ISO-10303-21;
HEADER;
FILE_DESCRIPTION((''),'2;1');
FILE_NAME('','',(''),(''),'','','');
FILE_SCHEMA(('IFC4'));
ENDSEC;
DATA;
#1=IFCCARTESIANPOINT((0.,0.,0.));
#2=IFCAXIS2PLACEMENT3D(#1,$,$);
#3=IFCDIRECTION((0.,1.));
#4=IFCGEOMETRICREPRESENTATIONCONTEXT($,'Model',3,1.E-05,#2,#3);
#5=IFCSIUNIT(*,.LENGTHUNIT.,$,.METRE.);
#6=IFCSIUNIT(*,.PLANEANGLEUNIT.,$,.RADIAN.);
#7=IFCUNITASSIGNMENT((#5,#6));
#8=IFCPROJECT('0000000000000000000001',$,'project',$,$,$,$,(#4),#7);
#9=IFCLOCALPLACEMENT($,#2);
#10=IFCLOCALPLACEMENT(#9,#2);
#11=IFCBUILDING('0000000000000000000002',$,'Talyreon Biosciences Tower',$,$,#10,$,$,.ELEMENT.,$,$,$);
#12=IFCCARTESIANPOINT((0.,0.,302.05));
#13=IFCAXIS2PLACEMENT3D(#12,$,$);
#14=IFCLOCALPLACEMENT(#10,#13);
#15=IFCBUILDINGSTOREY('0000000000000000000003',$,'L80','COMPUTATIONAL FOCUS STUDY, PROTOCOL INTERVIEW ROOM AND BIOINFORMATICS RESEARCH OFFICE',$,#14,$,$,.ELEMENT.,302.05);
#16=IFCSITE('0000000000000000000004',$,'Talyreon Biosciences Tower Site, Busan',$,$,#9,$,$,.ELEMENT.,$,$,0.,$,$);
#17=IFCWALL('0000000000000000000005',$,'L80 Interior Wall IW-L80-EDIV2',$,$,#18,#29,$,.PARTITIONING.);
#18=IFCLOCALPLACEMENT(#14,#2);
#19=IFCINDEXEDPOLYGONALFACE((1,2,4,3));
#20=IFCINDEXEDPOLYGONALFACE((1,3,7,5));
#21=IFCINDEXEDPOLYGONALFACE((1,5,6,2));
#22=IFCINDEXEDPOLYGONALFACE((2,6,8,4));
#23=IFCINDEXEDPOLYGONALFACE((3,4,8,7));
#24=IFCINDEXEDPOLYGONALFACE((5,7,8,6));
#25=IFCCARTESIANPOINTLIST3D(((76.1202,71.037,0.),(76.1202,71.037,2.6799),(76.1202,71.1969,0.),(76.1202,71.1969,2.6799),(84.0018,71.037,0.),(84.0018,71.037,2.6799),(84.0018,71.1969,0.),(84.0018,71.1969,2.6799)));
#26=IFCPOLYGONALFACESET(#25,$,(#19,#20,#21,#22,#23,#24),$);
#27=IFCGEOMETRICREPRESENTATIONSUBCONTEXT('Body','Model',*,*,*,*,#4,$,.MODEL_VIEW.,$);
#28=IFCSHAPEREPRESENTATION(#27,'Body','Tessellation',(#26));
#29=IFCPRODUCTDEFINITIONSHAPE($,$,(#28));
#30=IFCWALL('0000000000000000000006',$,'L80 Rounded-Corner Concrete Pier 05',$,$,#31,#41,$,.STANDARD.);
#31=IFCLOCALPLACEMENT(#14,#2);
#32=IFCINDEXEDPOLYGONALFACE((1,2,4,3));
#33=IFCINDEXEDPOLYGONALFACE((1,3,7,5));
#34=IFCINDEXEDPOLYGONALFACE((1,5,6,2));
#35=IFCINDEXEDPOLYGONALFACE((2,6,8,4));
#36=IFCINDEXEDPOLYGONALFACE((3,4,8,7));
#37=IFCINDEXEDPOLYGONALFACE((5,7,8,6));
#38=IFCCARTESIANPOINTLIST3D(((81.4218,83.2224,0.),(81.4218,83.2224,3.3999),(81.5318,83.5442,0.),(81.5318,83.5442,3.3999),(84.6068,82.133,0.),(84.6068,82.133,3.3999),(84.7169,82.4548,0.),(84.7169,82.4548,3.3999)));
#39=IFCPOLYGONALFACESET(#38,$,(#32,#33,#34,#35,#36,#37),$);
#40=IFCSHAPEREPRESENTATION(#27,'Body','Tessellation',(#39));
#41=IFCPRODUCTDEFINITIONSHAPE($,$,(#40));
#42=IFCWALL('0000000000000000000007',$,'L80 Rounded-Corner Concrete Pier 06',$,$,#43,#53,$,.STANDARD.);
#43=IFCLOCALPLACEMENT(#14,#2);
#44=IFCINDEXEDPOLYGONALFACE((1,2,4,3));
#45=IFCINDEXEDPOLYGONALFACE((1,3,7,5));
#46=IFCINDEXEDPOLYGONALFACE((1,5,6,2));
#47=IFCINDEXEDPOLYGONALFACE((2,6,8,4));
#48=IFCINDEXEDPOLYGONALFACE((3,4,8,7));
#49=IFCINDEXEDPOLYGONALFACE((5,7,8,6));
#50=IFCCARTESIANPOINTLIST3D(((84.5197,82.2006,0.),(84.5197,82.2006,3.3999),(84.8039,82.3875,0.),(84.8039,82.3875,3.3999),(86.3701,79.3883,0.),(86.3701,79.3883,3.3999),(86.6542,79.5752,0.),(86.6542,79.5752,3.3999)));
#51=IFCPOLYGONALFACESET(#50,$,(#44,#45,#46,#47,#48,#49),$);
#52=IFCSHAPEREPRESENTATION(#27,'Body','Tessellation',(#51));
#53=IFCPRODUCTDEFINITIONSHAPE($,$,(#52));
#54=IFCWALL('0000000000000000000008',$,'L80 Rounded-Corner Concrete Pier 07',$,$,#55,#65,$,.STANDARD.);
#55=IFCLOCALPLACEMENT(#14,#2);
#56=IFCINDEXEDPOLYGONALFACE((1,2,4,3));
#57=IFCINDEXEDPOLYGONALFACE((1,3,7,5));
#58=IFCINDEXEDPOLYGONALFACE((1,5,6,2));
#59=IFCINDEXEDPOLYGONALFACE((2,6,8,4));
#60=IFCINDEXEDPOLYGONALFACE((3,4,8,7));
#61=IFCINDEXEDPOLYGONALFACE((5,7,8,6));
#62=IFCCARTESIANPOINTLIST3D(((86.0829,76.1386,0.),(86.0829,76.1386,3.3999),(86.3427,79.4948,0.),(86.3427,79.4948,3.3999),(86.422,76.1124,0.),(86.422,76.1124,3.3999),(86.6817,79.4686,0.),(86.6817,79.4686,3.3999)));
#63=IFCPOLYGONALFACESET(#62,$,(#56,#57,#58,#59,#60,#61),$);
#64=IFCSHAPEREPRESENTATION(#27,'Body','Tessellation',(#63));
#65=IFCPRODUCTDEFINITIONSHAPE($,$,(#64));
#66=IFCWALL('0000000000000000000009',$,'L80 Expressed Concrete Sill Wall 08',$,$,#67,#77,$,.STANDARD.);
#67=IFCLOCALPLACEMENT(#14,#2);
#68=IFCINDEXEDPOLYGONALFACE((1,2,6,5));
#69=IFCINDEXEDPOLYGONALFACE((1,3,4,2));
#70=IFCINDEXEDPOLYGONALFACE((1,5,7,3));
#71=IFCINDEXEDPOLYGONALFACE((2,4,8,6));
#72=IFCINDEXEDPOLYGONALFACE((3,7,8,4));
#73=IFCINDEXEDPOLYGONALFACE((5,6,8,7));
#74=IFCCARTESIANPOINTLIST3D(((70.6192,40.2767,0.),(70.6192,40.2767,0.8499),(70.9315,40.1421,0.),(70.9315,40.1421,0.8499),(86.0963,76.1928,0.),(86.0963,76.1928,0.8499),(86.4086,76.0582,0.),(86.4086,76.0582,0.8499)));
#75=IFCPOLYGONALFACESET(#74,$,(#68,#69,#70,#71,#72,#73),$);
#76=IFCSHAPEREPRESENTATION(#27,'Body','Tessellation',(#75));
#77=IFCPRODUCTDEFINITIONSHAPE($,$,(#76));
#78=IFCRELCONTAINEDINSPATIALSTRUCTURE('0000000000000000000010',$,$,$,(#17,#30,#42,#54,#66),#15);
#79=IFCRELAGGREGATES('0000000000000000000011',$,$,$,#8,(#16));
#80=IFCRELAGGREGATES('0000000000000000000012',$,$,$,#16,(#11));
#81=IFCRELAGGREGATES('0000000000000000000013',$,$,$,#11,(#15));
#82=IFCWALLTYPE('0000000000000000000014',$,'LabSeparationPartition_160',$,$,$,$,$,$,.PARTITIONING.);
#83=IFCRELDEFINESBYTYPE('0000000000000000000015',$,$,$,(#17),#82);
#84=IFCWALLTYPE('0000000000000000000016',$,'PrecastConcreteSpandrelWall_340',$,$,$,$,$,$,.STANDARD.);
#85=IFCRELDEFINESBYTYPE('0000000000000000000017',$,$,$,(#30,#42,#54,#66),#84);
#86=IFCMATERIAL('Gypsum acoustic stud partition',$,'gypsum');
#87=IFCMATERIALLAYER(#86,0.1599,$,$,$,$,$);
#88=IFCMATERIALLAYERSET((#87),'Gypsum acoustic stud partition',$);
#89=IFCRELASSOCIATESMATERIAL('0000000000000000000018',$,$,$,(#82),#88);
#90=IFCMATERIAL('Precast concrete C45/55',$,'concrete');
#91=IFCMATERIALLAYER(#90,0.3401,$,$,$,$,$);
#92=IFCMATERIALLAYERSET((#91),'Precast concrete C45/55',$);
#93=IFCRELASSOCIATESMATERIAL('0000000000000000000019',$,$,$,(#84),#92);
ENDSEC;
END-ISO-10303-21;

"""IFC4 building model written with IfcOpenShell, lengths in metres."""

from ifc_helpers import new_model, si_unit, direction, frame, frame_2d, origin, place, context, subcontext, project, spatial, rectangle, extrude, material, layer, layer_set, type_object, element, save


model = new_model("IFC4")

# Units and contexts
model_context = context("Model", 3, precision=1e-05, world=origin(), true_north=direction((0.0, 1.0)))
body_context = subcontext(model_context, "Body", "Model", "MODEL_VIEW")
ifc_project = project(units=[si_unit("LENGTHUNIT", "METRE"), si_unit("PLANEANGLEUNIT", "RADIAN")], contexts=[model_context])

# Site, building, storey
site_placement = place(None, origin())
site = spatial("IfcSite", under=ifc_project, at=site_placement, Name="Talyreon Biosciences Tower Site, Busan", CompositionType="ELEMENT", RefElevation=0.0)
building_placement = place(site_placement, origin())
building = spatial("IfcBuilding", under=site, at=building_placement, Name="Talyreon Biosciences Tower", CompositionType="ELEMENT")
storey_placement = place(building_placement, frame((0.0, 0.0, 302.05)))
storey = spatial("IfcBuildingStorey", under=building, at=storey_placement, Name="L80", Description="COMPUTATIONAL FOCUS STUDY, PROTOCOL INTERVIEW ROOM AND BIOINFORMATICS RESEARCH OFFICE", CompositionType="ELEMENT", Elevation=302.05)

# Shared definitions
ifc_material_1 = material(Name="Precast concrete C45/55", Category="concrete")

# Walls
ifc_material_2 = material(Name="Gypsum acoustic stud partition", Category="gypsum")
ifc_layer_1 = layer(ifc_material_2, 0.1599)
ifc_layer_set_1 = layer_set([ifc_layer_1], Name="Gypsum acoustic stud partition")
wall_type_1 = type_object("IfcWallType", Name="LabSeparationPartition_160", PredefinedType="PARTITIONING", material=ifc_layer_set_1)
wall_1_placement = place(storey_placement, frame((76.1201, 71.1169, 0.0), z_axis=(0.0, 0.0, 1.0), x_axis=(1.0, 0.0, 0.0)))
element("IfcWall", 1, at=wall_1_placement, inside=storey, type_object=wall_type_1, Name="L80 Interior Wall IW-L80-EDIV2", PredefinedType="PARTITIONING", context=body_context, shape_type="SweptSolid", body=[
    extrude(rectangle(XDim=7.8816, YDim=0.1599, at=frame_2d((3.9409, 0.0))), origin(), (0.0, 0.0, 1.0), 2.6799),
])
ifc_layer_2 = layer(ifc_material_1, 0.3401)
ifc_layer_set_2 = layer_set([ifc_layer_2], Name="Precast concrete C45/55")
wall_type_2 = type_object("IfcWallType", Name="PrecastConcreteSpandrelWall_340", PredefinedType="STANDARD", material=ifc_layer_set_2)
wall_2_placement = place(storey_placement, frame((81.4768, 83.3833, 0.0), z_axis=(0.0, 0.0, 1.0), x_axis=(0.946189, -0.323616, 0.0)))
element("IfcWall", 2, at=wall_2_placement, inside=storey, type_object=wall_type_2, Name="L80 Rounded-Corner Concrete Pier 05", PredefinedType="STANDARD", context=body_context, shape_type="SweptSolid", body=[
    extrude(rectangle(XDim=3.3662, YDim=0.3401, at=frame_2d((1.6831, 0.0))), origin(), (0.0, 0.0, 1.0), 3.3999),
])
wall_3_placement = place(storey_placement, frame((84.6619, 82.2939, 0.0), z_axis=(0.0, 0.0, 1.0), x_axis=(0.549652, -0.835393, 0.0)))
element("IfcWall", 3, at=wall_3_placement, inside=storey, type_object=wall_type_2, Name="L80 Rounded-Corner Concrete Pier 06", PredefinedType="STANDARD", context=body_context, shape_type="SweptSolid", body=[
    extrude(rectangle(XDim=3.3665, YDim=0.3401, at=frame_2d((1.6831, 0.0))), origin(), (0.0, 0.0, 1.0), 3.3999),
])
wall_4_placement = place(storey_placement, frame((86.5122, 79.4817, 0.0), z_axis=(0.0, 0.0, 1.0), x_axis=(-0.077168, -0.997018, 0.0)))
element("IfcWall", 4, at=wall_4_placement, inside=storey, type_object=wall_type_2, Name="L80 Rounded-Corner Concrete Pier 07", PredefinedType="STANDARD", context=body_context, shape_type="SweptSolid", body=[
    extrude(rectangle(XDim=3.3662, YDim=0.3401, at=frame_2d((1.6831, 0.0))), origin(), (0.0, 0.0, 1.0), 3.3999),
])
wall_5_placement = place(storey_placement, frame((86.2524, 76.1255, 0.0), z_axis=(0.0, 0.0, 1.0), x_axis=(-0.395743, -0.918361, 0.0)))
element("IfcWall", 5, at=wall_5_placement, inside=storey, type_object=wall_type_2, Name="L80 Expressed Concrete Sill Wall 08", PredefinedType="STANDARD", context=body_context, shape_type="SweptSolid", body=[
    extrude(rectangle(XDim=39.1089, YDim=0.3401, at=frame_2d((19.5544, 0.0))), origin(), (0.0, 0.0, 1.0), 0.8499),
])

save(model, "model.ifc")
